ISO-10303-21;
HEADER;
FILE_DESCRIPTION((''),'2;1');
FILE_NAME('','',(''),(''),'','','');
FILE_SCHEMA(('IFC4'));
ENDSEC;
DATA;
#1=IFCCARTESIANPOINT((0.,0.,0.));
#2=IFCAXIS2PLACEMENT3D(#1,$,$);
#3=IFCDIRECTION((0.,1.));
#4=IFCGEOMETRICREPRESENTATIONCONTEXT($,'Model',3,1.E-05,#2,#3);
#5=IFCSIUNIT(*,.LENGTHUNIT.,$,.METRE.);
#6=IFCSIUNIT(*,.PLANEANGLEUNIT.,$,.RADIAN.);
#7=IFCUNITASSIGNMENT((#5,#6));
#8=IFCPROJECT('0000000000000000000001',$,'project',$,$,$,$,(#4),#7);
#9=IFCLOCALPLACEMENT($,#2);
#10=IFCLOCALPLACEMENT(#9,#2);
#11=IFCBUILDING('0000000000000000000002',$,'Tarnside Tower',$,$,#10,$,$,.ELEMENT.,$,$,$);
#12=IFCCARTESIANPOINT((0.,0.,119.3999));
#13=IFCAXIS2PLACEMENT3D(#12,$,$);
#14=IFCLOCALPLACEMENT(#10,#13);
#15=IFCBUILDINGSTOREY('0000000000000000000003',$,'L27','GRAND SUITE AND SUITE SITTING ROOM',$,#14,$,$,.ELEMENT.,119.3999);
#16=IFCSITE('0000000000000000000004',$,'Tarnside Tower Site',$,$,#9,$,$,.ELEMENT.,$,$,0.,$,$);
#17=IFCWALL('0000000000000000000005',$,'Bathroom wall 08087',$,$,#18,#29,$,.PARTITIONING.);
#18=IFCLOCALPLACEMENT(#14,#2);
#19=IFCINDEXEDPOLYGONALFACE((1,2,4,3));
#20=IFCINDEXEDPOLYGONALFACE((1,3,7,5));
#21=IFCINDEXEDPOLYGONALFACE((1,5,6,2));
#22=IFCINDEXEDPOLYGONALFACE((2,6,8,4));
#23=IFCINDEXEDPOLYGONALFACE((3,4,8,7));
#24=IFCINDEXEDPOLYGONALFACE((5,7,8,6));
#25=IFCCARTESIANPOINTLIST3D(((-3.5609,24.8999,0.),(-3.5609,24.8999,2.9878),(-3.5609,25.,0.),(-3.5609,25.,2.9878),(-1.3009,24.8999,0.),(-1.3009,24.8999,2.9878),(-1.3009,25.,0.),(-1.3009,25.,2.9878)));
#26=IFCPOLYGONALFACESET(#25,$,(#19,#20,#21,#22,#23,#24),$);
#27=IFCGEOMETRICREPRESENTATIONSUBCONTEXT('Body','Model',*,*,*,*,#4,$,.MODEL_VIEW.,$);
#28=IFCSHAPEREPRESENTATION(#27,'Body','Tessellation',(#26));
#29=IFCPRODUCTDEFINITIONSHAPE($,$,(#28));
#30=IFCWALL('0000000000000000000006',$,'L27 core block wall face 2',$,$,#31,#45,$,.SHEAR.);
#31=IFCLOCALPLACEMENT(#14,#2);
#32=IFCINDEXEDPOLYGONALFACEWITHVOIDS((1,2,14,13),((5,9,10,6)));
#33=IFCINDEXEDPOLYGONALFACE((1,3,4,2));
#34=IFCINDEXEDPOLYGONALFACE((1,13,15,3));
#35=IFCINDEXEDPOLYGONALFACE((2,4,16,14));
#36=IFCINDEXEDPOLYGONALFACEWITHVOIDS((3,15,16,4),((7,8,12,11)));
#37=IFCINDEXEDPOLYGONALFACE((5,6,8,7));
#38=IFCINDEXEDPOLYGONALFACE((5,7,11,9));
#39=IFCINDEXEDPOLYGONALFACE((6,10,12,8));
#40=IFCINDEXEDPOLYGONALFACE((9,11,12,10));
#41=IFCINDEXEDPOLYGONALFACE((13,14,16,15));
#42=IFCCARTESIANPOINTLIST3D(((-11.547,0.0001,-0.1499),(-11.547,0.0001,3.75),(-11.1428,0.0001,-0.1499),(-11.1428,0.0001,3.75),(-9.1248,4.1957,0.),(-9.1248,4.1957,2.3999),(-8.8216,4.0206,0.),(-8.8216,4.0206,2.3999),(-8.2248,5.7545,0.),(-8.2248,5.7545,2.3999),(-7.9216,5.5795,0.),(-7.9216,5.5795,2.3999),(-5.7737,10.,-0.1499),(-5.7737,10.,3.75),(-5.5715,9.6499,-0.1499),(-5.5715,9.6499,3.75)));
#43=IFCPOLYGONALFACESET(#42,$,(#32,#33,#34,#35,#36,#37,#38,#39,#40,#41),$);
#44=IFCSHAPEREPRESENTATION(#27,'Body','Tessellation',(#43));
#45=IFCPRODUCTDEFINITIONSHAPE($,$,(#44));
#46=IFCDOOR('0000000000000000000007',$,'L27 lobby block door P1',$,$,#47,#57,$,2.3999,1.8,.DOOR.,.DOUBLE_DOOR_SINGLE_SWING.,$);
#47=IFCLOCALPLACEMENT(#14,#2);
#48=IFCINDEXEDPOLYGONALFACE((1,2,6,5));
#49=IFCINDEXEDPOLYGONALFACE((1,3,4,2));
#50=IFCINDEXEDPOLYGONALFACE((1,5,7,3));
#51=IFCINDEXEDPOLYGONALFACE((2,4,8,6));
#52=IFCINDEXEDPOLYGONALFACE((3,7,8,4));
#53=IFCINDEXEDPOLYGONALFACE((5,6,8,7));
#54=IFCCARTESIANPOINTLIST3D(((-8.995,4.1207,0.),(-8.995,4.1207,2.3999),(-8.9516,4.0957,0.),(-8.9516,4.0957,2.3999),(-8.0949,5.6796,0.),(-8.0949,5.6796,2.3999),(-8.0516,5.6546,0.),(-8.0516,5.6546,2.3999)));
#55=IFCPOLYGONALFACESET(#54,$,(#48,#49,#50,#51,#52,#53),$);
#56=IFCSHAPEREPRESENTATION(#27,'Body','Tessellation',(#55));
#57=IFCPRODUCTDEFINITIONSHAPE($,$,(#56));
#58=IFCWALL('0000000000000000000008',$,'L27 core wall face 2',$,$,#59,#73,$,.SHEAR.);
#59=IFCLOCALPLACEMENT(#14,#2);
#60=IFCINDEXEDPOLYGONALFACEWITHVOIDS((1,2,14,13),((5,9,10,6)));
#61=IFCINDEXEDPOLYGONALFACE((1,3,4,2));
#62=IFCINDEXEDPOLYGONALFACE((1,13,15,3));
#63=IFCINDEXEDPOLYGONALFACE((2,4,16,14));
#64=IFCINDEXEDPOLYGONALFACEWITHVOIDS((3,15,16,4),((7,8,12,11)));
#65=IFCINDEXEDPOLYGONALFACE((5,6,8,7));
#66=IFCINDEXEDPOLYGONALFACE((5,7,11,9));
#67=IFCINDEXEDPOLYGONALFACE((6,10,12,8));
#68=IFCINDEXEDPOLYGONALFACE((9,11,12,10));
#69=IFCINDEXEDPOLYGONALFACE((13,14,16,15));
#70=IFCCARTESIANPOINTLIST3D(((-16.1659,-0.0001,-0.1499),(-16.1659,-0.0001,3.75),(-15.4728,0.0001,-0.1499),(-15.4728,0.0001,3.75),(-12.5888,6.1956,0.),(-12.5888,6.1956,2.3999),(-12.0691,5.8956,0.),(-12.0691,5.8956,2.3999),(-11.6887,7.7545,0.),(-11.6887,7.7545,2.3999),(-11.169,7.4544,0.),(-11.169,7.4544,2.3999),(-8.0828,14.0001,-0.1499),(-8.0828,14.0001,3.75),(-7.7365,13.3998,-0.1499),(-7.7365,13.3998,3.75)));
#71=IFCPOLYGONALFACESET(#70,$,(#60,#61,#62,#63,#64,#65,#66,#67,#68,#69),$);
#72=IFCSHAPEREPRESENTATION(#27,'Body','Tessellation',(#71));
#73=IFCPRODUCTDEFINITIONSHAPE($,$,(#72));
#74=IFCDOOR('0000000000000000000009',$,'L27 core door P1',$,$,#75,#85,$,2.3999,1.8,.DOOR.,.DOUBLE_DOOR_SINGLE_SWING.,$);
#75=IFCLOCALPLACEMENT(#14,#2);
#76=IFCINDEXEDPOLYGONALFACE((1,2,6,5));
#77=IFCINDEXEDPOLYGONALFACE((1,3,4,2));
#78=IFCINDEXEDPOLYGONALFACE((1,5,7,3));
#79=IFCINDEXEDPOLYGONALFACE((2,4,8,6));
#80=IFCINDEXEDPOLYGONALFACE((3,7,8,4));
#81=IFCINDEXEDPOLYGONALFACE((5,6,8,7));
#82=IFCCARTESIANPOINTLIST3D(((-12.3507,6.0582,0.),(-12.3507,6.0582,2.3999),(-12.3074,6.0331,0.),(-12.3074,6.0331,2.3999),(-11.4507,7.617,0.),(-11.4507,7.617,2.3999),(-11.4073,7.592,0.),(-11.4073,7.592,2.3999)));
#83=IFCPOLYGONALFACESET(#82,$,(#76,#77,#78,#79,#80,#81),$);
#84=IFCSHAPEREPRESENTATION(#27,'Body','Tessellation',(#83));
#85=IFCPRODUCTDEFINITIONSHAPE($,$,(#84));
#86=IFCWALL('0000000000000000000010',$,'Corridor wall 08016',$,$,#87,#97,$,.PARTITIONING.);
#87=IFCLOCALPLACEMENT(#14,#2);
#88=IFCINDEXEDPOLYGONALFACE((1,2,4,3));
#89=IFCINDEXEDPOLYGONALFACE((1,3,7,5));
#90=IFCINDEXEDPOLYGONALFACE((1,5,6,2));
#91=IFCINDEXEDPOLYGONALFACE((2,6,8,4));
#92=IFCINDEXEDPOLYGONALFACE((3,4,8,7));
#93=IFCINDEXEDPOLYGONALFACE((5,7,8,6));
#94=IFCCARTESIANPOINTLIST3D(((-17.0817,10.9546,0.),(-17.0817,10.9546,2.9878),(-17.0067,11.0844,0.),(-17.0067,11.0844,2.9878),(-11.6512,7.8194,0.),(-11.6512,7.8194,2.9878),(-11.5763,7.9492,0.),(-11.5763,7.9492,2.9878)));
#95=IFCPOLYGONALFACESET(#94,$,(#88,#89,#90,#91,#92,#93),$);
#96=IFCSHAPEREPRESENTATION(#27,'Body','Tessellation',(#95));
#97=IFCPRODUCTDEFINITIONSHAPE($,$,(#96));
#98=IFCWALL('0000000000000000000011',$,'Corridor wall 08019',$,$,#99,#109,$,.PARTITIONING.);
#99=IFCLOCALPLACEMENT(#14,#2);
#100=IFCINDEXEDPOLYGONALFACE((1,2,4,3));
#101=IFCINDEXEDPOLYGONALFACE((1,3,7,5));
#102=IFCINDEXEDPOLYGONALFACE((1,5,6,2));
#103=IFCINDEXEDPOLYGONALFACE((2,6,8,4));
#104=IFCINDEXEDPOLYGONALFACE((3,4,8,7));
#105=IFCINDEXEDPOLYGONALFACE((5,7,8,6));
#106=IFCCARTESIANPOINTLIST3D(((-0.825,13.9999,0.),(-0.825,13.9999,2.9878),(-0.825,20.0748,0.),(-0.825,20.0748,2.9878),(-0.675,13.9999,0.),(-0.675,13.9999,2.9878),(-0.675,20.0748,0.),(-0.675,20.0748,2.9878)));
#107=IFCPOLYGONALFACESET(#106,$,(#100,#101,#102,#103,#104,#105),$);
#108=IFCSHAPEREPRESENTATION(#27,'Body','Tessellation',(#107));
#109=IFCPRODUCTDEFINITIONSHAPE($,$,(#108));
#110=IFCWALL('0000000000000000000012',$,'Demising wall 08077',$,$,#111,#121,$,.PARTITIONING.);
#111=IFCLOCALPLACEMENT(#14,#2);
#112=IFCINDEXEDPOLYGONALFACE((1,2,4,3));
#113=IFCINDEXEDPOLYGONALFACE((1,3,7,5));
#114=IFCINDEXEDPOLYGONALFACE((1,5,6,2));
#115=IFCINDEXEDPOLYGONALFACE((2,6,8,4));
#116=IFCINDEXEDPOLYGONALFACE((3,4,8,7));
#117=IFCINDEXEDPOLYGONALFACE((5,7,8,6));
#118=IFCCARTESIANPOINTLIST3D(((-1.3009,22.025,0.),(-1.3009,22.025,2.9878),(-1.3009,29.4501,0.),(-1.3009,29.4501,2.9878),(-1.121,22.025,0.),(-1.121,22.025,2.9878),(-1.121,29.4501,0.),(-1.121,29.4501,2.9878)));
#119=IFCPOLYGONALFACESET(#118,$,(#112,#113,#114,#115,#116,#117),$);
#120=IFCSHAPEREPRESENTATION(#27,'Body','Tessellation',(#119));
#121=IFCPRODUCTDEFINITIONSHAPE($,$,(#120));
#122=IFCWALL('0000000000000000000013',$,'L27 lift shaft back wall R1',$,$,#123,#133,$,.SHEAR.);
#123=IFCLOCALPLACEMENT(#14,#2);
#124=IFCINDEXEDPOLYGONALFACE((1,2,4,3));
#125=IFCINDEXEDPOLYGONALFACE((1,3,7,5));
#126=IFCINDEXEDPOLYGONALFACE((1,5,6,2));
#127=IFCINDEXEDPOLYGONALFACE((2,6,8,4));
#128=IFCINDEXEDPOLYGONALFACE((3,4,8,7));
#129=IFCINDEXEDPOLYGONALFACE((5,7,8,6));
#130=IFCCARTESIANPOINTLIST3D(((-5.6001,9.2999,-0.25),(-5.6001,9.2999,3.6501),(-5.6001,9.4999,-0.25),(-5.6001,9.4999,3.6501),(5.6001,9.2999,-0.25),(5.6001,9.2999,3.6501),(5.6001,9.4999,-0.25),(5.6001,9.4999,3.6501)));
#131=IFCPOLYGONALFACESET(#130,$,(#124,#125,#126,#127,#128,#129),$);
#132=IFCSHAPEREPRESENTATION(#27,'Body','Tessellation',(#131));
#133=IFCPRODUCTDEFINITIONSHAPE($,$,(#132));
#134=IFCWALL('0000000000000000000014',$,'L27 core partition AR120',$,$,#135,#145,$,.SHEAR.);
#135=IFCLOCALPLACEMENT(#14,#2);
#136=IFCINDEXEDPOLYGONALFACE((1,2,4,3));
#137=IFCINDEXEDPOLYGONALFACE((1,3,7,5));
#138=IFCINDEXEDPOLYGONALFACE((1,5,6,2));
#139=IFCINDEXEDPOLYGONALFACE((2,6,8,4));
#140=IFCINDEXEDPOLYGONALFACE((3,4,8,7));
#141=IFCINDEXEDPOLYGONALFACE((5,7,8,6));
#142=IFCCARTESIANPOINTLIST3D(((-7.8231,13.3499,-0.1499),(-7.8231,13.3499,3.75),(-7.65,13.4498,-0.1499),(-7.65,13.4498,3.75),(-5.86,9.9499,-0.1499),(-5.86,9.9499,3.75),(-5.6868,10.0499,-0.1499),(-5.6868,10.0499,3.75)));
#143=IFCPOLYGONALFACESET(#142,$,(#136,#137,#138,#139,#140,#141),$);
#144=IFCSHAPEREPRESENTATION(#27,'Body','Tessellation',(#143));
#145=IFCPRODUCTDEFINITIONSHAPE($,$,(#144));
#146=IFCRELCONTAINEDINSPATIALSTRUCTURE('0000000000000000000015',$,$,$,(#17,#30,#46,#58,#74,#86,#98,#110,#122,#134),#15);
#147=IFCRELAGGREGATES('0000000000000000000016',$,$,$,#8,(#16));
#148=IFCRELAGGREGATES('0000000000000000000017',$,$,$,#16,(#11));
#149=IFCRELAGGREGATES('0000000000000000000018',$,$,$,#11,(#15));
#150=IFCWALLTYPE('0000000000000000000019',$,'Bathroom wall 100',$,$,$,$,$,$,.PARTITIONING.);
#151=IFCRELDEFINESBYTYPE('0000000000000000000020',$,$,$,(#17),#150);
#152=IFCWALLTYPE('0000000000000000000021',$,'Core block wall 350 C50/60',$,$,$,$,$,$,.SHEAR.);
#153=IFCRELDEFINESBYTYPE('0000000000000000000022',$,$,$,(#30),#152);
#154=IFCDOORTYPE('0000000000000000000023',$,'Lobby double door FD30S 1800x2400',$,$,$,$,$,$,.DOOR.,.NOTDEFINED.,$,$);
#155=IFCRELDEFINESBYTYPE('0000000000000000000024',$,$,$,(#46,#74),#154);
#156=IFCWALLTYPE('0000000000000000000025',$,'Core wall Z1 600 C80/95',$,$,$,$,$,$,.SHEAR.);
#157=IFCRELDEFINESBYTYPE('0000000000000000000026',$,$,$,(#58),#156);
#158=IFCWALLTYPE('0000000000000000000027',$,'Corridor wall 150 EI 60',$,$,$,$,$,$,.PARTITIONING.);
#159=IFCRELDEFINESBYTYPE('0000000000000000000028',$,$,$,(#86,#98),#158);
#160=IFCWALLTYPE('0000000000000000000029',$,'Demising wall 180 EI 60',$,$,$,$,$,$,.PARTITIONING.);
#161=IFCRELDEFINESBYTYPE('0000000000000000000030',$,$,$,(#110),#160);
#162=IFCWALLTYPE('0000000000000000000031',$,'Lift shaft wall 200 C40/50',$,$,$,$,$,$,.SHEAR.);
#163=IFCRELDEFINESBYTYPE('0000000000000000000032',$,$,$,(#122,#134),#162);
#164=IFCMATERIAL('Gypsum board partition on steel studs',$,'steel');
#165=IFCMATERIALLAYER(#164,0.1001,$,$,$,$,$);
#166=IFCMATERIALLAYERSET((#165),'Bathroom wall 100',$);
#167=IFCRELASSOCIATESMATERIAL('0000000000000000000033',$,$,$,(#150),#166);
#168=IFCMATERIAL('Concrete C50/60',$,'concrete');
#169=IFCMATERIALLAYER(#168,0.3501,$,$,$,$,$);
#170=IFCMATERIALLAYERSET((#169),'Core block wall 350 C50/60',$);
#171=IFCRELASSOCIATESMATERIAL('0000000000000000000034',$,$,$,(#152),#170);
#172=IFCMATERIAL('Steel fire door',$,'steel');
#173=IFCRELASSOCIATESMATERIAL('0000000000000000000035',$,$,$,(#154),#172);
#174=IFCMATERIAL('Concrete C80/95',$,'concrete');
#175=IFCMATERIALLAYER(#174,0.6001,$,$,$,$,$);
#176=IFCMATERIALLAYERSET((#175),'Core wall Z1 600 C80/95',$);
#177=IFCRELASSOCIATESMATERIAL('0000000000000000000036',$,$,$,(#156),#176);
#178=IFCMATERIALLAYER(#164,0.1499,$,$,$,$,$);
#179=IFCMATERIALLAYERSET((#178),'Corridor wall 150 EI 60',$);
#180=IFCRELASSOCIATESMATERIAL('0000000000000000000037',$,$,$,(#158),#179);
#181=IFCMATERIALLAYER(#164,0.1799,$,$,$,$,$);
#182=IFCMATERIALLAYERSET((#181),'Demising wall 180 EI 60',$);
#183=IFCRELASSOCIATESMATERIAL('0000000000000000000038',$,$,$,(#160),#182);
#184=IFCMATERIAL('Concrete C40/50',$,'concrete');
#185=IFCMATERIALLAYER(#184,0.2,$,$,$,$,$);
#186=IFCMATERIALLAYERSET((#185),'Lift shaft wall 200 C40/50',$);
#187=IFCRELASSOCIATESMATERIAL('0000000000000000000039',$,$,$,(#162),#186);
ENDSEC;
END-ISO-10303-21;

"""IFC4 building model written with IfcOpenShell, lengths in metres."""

from ifc_helpers import new_model, si_unit, direction, frame, frame_2d, origin, place, context, subcontext, project, spatial, polyline, rectangle, outline, extrude, material, layer, layer_set, type_object, element, fill, save


model = new_model("IFC4")

# Units and contexts
model_context = context("Model", 3, precision=1e-05, world=origin(), true_north=direction((0.0, 1.0)))
body_context = subcontext(model_context, "Body", "Model", "MODEL_VIEW")
ifc_project = project(units=[si_unit("LENGTHUNIT", "METRE"), si_unit("PLANEANGLEUNIT", "RADIAN")], contexts=[model_context])

# Site, building, storey
site_placement = place(None, origin())
site = spatial("IfcSite", under=ifc_project, at=site_placement, Name="Tarnside Tower Site", CompositionType="ELEMENT", RefElevation=0.0)
building_placement = place(site_placement, origin())
building = spatial("IfcBuilding", under=site, at=building_placement, Name="Tarnside Tower", CompositionType="ELEMENT")
storey_placement = place(building_placement, frame((0.0, 0.0, 119.3999)))
storey = spatial("IfcBuildingStorey", under=building, at=storey_placement, Name="L27", Description="GRAND SUITE AND SUITE SITTING ROOM", CompositionType="ELEMENT", Elevation=119.3999)

# Shared definitions
ifc_material_1 = material(Name="Gypsum board partition on steel studs", Category="steel")
ifc_layer_1 = layer(ifc_material_1, 0.1001)
ifc_layer_set_1 = layer_set([ifc_layer_1], Name="Bathroom wall 100")
wall_type_1 = type_object("IfcWallType", Name="Bathroom wall 100", PredefinedType="PARTITIONING", material=ifc_layer_set_1)

# Wall
wall_1_placement = place(storey_placement, frame((-1.301, 24.95, 0.0), z_axis=(0.0, 0.0, 1.0), x_axis=(-1.0, 0.0, 0.0)))
element("IfcWall", 1, at=wall_1_placement, inside=storey, type_object=wall_type_1, Name="Bathroom wall 08087", PredefinedType="PARTITIONING", context=body_context, shape_type="SweptSolid", body=[
    extrude(rectangle(XDim=2.26, YDim=0.1001, at=frame_2d((1.1299, 0.0))), origin(), (0.0, 0.0, 1.0), 2.9878),
])

# Walls, openings, doors
ifc_material_2 = material(Name="Concrete C50/60", Category="concrete")
ifc_layer_2 = layer(ifc_material_2, 0.3501)
ifc_layer_set_2 = layer_set([ifc_layer_2], Name="Core block wall 350 C50/60")
wall_type_2 = type_object("IfcWallType", Name="Core block wall 350 C50/60", PredefinedType="SHEAR", material=ifc_layer_set_2)
wall_2_placement = place(storey_placement, frame((-5.6726, 9.825, -0.1499), z_axis=(0.0, 0.0, 1.0), x_axis=(-0.499995, -0.866028, 0.0)))
wall_2 = element("IfcWall", 2, at=wall_2_placement, inside=storey, type_object=wall_type_2, Name="L27 core block wall face 2", PredefinedType="SHEAR", context=body_context, shape_type="SweptSolid", body=[
    extrude(outline(polyline([(-0.1011, -0.175), (11.4458, -0.175), (11.2437, 0.175), (0.1011, 0.175), (-0.1011, -0.175)])), origin(), (0.0, 0.0, 1.0), 3.8999),
])
opening_1_placement = place(wall_2_placement, frame((4.8013, 0.0, 0.1499)))
opening_1 = element("IfcOpeningElement", 3, at=opening_1_placement, cuts=wall_2, PredefinedType="OPENING", context=body_context, shape_type="SweptSolid", body=[
    extrude(rectangle(XDim=1.8, YDim=2.3999, at=frame_2d((0.8999, 1.2))), frame((0.0, 0.1851, 0.0), z_axis=(0.0, -1.0, 0.0), x_axis=(1.0, 0.0, 0.0)), (0.0, 0.0, 1.0), 0.3701),
])
ifc_material_3 = material(Name="Steel fire door", Category="steel")
door_type_1 = type_object("IfcDoorType", Name="Lobby double door FD30S 1800x2400", OperationType="NOTDEFINED", PredefinedType="DOOR", material=ifc_material_3)
door_1_placement = place(opening_1_placement, origin())
door_1 = element("IfcDoor", 4, at=door_1_placement, inside=storey, type_object=door_type_1, Name="L27 lobby block door P1", OperationType="DOUBLE_DOOR_SINGLE_SWING", OverallHeight=2.3999, OverallWidth=1.8, PredefinedType="DOOR", context=body_context, shape_type="SweptSolid", body=[
    extrude(rectangle(XDim=1.8, YDim=2.3999, at=frame_2d((0.8999, 1.2))), frame((0.0, 0.0249, 0.0), z_axis=(0.0, -1.0, 0.0), x_axis=(1.0, 0.0, 0.0)), (0.0, 0.0, 1.0), 0.05),
])
fill(opening_1, door_1)
ifc_material_4 = material(Name="Concrete C80/95", Category="concrete")
ifc_layer_3 = layer(ifc_material_4, 0.6001)
ifc_layer_set_3 = layer_set([ifc_layer_3], Name="Core wall Z1 600 C80/95")
wall_type_3 = type_object("IfcWallType", Name="Core wall Z1 600 C80/95", PredefinedType="SHEAR", material=ifc_layer_set_3)
wall_3_placement = place(storey_placement, frame((-7.9097, 13.7, -0.1499), z_axis=(0.0, 0.0, 1.0), x_axis=(-0.5, -0.866025, 0.0)))
wall_3 = element("IfcWall", 5, at=wall_3_placement, inside=storey, type_object=wall_type_3, Name="L27 core wall face 2", PredefinedType="SHEAR", context=body_context, shape_type="SweptSolid", body=[
    extrude(outline(polyline([(-0.1733, -0.3), (15.9927, -0.3), (15.646, 0.3), (0.1733, 0.3), (-0.1733, -0.3)])), origin(), (0.0, 0.0, 1.0), 3.8999),
])
opening_2_placement = place(wall_3_placement, frame((7.0386, 0.0, 0.1499)))
opening_2 = element("IfcOpeningElement", 6, at=opening_2_placement, cuts=wall_3, PredefinedType="OPENING", context=body_context, shape_type="SweptSolid", body=[
    extrude(rectangle(XDim=1.8, YDim=2.3999, at=frame_2d((0.8999, 1.2))), frame((0.0, 0.3101, 0.0), z_axis=(0.0, -1.0, 0.0), x_axis=(1.0, 0.0, 0.0)), (0.0, 0.0, 1.0), 0.6201),
])
door_2_placement = place(opening_2_placement, origin())
door_2 = element("IfcDoor", 7, at=door_2_placement, inside=storey, type_object=door_type_1, Name="L27 core door P1", OperationType="DOUBLE_DOOR_SINGLE_SWING", OverallHeight=2.3999, OverallWidth=1.8, PredefinedType="DOOR", context=body_context, shape_type="SweptSolid", body=[
    extrude(rectangle(XDim=1.8, YDim=2.3999, at=frame_2d((0.8999, 1.2))), frame((0.0, 0.0249, 0.0), z_axis=(0.0, -1.0, 0.0), x_axis=(1.0, 0.0, 0.0)), (0.0, 0.0, 1.0), 0.05),
])
fill(opening_2, door_2)

# Walls
ifc_layer_4 = layer(ifc_material_1, 0.1499)
ifc_layer_set_4 = layer_set([ifc_layer_4], Name="Corridor wall 150 EI 60")
wall_type_4 = type_object("IfcWallType", Name="Corridor wall 150 EI 60", PredefinedType="PARTITIONING", material=ifc_layer_set_4)
wall_4_placement = place(storey_placement, frame((-11.6138, 7.8843, 0.0), z_axis=(0.0, 0.0, 1.0), x_axis=(-0.866025, 0.5, 0.0)))
element("IfcWall", 8, at=wall_4_placement, inside=storey, type_object=wall_type_4, Name="Corridor wall 08016", PredefinedType="PARTITIONING", context=body_context, shape_type="SweptSolid", body=[
    extrude(rectangle(XDim=6.2705, YDim=0.1499, at=frame_2d((3.1353, 0.0))), origin(), (0.0, 0.0, 1.0), 2.9878),
])
wall_5_placement = place(storey_placement, frame((-0.75, 20.075, 0.0), z_axis=(0.0, 0.0, 1.0), x_axis=(0.0, -1.0, 0.0)))
element("IfcWall", 9, at=wall_5_placement, inside=storey, type_object=wall_type_4, Name="Corridor wall 08019", PredefinedType="PARTITIONING", context=body_context, shape_type="SweptSolid", body=[
    extrude(rectangle(XDim=6.075, YDim=0.1499, at=frame_2d((3.0376, 0.0))), origin(), (0.0, 0.0, 1.0), 2.9878),
])
ifc_layer_5 = layer(ifc_material_1, 0.1799)
ifc_layer_set_5 = layer_set([ifc_layer_5], Name="Demising wall 180 EI 60")
wall_type_5 = type_object("IfcWallType", Name="Demising wall 180 EI 60", PredefinedType="PARTITIONING", material=ifc_layer_set_5)
wall_6_placement = place(storey_placement, frame((-1.2109, 29.45, 0.0), z_axis=(0.0, 0.0, 1.0), x_axis=(0.0, -1.0, 0.0)))
element("IfcWall", 10, at=wall_6_placement, inside=storey, type_object=wall_type_5, Name="Demising wall 08077", PredefinedType="PARTITIONING", context=body_context, shape_type="SweptSolid", body=[
    extrude(rectangle(XDim=7.425, YDim=0.1799, at=frame_2d((3.7124, 0.0))), origin(), (0.0, 0.0, 1.0), 2.9878),
])
ifc_material_5 = material(Name="Concrete C40/50", Category="concrete")
ifc_layer_6 = layer(ifc_material_5, 0.2)
ifc_layer_set_6 = layer_set([ifc_layer_6], Name="Lift shaft wall 200 C40/50")
wall_type_6 = type_object("IfcWallType", Name="Lift shaft wall 200 C40/50", PredefinedType="SHEAR", material=ifc_layer_set_6)
wall_7_placement = place(storey_placement, frame((-5.6001, 9.3999, -0.25), z_axis=(0.0, 0.0, 1.0), x_axis=(1.0, 0.0, 0.0)))
element("IfcWall", 11, at=wall_7_placement, inside=storey, type_object=wall_type_6, Name="L27 lift shaft back wall R1", PredefinedType="SHEAR", context=body_context, shape_type="SweptSolid", body=[
    extrude(rectangle(XDim=11.2002, YDim=0.2, at=frame_2d((5.6001, 0.0))), origin(), (0.0, 0.0, 1.0), 3.9001),
])
wall_8_placement = place(storey_placement, frame((-5.7734, 10.0, -0.1499), z_axis=(0.0, 0.0, 1.0), x_axis=(-0.500038, 0.866003, 0.0)))
element("IfcWall", 12, at=wall_8_placement, inside=storey, type_object=wall_type_6, Name="L27 core partition AR120", PredefinedType="SHEAR", context=body_context, shape_type="SweptSolid", body=[
    extrude(rectangle(XDim=3.926, YDim=0.2, at=frame_2d((1.9629, 0.0))), origin(), (0.0, 0.0, 1.0), 3.8999),
])

save(model, "model.ifc")
